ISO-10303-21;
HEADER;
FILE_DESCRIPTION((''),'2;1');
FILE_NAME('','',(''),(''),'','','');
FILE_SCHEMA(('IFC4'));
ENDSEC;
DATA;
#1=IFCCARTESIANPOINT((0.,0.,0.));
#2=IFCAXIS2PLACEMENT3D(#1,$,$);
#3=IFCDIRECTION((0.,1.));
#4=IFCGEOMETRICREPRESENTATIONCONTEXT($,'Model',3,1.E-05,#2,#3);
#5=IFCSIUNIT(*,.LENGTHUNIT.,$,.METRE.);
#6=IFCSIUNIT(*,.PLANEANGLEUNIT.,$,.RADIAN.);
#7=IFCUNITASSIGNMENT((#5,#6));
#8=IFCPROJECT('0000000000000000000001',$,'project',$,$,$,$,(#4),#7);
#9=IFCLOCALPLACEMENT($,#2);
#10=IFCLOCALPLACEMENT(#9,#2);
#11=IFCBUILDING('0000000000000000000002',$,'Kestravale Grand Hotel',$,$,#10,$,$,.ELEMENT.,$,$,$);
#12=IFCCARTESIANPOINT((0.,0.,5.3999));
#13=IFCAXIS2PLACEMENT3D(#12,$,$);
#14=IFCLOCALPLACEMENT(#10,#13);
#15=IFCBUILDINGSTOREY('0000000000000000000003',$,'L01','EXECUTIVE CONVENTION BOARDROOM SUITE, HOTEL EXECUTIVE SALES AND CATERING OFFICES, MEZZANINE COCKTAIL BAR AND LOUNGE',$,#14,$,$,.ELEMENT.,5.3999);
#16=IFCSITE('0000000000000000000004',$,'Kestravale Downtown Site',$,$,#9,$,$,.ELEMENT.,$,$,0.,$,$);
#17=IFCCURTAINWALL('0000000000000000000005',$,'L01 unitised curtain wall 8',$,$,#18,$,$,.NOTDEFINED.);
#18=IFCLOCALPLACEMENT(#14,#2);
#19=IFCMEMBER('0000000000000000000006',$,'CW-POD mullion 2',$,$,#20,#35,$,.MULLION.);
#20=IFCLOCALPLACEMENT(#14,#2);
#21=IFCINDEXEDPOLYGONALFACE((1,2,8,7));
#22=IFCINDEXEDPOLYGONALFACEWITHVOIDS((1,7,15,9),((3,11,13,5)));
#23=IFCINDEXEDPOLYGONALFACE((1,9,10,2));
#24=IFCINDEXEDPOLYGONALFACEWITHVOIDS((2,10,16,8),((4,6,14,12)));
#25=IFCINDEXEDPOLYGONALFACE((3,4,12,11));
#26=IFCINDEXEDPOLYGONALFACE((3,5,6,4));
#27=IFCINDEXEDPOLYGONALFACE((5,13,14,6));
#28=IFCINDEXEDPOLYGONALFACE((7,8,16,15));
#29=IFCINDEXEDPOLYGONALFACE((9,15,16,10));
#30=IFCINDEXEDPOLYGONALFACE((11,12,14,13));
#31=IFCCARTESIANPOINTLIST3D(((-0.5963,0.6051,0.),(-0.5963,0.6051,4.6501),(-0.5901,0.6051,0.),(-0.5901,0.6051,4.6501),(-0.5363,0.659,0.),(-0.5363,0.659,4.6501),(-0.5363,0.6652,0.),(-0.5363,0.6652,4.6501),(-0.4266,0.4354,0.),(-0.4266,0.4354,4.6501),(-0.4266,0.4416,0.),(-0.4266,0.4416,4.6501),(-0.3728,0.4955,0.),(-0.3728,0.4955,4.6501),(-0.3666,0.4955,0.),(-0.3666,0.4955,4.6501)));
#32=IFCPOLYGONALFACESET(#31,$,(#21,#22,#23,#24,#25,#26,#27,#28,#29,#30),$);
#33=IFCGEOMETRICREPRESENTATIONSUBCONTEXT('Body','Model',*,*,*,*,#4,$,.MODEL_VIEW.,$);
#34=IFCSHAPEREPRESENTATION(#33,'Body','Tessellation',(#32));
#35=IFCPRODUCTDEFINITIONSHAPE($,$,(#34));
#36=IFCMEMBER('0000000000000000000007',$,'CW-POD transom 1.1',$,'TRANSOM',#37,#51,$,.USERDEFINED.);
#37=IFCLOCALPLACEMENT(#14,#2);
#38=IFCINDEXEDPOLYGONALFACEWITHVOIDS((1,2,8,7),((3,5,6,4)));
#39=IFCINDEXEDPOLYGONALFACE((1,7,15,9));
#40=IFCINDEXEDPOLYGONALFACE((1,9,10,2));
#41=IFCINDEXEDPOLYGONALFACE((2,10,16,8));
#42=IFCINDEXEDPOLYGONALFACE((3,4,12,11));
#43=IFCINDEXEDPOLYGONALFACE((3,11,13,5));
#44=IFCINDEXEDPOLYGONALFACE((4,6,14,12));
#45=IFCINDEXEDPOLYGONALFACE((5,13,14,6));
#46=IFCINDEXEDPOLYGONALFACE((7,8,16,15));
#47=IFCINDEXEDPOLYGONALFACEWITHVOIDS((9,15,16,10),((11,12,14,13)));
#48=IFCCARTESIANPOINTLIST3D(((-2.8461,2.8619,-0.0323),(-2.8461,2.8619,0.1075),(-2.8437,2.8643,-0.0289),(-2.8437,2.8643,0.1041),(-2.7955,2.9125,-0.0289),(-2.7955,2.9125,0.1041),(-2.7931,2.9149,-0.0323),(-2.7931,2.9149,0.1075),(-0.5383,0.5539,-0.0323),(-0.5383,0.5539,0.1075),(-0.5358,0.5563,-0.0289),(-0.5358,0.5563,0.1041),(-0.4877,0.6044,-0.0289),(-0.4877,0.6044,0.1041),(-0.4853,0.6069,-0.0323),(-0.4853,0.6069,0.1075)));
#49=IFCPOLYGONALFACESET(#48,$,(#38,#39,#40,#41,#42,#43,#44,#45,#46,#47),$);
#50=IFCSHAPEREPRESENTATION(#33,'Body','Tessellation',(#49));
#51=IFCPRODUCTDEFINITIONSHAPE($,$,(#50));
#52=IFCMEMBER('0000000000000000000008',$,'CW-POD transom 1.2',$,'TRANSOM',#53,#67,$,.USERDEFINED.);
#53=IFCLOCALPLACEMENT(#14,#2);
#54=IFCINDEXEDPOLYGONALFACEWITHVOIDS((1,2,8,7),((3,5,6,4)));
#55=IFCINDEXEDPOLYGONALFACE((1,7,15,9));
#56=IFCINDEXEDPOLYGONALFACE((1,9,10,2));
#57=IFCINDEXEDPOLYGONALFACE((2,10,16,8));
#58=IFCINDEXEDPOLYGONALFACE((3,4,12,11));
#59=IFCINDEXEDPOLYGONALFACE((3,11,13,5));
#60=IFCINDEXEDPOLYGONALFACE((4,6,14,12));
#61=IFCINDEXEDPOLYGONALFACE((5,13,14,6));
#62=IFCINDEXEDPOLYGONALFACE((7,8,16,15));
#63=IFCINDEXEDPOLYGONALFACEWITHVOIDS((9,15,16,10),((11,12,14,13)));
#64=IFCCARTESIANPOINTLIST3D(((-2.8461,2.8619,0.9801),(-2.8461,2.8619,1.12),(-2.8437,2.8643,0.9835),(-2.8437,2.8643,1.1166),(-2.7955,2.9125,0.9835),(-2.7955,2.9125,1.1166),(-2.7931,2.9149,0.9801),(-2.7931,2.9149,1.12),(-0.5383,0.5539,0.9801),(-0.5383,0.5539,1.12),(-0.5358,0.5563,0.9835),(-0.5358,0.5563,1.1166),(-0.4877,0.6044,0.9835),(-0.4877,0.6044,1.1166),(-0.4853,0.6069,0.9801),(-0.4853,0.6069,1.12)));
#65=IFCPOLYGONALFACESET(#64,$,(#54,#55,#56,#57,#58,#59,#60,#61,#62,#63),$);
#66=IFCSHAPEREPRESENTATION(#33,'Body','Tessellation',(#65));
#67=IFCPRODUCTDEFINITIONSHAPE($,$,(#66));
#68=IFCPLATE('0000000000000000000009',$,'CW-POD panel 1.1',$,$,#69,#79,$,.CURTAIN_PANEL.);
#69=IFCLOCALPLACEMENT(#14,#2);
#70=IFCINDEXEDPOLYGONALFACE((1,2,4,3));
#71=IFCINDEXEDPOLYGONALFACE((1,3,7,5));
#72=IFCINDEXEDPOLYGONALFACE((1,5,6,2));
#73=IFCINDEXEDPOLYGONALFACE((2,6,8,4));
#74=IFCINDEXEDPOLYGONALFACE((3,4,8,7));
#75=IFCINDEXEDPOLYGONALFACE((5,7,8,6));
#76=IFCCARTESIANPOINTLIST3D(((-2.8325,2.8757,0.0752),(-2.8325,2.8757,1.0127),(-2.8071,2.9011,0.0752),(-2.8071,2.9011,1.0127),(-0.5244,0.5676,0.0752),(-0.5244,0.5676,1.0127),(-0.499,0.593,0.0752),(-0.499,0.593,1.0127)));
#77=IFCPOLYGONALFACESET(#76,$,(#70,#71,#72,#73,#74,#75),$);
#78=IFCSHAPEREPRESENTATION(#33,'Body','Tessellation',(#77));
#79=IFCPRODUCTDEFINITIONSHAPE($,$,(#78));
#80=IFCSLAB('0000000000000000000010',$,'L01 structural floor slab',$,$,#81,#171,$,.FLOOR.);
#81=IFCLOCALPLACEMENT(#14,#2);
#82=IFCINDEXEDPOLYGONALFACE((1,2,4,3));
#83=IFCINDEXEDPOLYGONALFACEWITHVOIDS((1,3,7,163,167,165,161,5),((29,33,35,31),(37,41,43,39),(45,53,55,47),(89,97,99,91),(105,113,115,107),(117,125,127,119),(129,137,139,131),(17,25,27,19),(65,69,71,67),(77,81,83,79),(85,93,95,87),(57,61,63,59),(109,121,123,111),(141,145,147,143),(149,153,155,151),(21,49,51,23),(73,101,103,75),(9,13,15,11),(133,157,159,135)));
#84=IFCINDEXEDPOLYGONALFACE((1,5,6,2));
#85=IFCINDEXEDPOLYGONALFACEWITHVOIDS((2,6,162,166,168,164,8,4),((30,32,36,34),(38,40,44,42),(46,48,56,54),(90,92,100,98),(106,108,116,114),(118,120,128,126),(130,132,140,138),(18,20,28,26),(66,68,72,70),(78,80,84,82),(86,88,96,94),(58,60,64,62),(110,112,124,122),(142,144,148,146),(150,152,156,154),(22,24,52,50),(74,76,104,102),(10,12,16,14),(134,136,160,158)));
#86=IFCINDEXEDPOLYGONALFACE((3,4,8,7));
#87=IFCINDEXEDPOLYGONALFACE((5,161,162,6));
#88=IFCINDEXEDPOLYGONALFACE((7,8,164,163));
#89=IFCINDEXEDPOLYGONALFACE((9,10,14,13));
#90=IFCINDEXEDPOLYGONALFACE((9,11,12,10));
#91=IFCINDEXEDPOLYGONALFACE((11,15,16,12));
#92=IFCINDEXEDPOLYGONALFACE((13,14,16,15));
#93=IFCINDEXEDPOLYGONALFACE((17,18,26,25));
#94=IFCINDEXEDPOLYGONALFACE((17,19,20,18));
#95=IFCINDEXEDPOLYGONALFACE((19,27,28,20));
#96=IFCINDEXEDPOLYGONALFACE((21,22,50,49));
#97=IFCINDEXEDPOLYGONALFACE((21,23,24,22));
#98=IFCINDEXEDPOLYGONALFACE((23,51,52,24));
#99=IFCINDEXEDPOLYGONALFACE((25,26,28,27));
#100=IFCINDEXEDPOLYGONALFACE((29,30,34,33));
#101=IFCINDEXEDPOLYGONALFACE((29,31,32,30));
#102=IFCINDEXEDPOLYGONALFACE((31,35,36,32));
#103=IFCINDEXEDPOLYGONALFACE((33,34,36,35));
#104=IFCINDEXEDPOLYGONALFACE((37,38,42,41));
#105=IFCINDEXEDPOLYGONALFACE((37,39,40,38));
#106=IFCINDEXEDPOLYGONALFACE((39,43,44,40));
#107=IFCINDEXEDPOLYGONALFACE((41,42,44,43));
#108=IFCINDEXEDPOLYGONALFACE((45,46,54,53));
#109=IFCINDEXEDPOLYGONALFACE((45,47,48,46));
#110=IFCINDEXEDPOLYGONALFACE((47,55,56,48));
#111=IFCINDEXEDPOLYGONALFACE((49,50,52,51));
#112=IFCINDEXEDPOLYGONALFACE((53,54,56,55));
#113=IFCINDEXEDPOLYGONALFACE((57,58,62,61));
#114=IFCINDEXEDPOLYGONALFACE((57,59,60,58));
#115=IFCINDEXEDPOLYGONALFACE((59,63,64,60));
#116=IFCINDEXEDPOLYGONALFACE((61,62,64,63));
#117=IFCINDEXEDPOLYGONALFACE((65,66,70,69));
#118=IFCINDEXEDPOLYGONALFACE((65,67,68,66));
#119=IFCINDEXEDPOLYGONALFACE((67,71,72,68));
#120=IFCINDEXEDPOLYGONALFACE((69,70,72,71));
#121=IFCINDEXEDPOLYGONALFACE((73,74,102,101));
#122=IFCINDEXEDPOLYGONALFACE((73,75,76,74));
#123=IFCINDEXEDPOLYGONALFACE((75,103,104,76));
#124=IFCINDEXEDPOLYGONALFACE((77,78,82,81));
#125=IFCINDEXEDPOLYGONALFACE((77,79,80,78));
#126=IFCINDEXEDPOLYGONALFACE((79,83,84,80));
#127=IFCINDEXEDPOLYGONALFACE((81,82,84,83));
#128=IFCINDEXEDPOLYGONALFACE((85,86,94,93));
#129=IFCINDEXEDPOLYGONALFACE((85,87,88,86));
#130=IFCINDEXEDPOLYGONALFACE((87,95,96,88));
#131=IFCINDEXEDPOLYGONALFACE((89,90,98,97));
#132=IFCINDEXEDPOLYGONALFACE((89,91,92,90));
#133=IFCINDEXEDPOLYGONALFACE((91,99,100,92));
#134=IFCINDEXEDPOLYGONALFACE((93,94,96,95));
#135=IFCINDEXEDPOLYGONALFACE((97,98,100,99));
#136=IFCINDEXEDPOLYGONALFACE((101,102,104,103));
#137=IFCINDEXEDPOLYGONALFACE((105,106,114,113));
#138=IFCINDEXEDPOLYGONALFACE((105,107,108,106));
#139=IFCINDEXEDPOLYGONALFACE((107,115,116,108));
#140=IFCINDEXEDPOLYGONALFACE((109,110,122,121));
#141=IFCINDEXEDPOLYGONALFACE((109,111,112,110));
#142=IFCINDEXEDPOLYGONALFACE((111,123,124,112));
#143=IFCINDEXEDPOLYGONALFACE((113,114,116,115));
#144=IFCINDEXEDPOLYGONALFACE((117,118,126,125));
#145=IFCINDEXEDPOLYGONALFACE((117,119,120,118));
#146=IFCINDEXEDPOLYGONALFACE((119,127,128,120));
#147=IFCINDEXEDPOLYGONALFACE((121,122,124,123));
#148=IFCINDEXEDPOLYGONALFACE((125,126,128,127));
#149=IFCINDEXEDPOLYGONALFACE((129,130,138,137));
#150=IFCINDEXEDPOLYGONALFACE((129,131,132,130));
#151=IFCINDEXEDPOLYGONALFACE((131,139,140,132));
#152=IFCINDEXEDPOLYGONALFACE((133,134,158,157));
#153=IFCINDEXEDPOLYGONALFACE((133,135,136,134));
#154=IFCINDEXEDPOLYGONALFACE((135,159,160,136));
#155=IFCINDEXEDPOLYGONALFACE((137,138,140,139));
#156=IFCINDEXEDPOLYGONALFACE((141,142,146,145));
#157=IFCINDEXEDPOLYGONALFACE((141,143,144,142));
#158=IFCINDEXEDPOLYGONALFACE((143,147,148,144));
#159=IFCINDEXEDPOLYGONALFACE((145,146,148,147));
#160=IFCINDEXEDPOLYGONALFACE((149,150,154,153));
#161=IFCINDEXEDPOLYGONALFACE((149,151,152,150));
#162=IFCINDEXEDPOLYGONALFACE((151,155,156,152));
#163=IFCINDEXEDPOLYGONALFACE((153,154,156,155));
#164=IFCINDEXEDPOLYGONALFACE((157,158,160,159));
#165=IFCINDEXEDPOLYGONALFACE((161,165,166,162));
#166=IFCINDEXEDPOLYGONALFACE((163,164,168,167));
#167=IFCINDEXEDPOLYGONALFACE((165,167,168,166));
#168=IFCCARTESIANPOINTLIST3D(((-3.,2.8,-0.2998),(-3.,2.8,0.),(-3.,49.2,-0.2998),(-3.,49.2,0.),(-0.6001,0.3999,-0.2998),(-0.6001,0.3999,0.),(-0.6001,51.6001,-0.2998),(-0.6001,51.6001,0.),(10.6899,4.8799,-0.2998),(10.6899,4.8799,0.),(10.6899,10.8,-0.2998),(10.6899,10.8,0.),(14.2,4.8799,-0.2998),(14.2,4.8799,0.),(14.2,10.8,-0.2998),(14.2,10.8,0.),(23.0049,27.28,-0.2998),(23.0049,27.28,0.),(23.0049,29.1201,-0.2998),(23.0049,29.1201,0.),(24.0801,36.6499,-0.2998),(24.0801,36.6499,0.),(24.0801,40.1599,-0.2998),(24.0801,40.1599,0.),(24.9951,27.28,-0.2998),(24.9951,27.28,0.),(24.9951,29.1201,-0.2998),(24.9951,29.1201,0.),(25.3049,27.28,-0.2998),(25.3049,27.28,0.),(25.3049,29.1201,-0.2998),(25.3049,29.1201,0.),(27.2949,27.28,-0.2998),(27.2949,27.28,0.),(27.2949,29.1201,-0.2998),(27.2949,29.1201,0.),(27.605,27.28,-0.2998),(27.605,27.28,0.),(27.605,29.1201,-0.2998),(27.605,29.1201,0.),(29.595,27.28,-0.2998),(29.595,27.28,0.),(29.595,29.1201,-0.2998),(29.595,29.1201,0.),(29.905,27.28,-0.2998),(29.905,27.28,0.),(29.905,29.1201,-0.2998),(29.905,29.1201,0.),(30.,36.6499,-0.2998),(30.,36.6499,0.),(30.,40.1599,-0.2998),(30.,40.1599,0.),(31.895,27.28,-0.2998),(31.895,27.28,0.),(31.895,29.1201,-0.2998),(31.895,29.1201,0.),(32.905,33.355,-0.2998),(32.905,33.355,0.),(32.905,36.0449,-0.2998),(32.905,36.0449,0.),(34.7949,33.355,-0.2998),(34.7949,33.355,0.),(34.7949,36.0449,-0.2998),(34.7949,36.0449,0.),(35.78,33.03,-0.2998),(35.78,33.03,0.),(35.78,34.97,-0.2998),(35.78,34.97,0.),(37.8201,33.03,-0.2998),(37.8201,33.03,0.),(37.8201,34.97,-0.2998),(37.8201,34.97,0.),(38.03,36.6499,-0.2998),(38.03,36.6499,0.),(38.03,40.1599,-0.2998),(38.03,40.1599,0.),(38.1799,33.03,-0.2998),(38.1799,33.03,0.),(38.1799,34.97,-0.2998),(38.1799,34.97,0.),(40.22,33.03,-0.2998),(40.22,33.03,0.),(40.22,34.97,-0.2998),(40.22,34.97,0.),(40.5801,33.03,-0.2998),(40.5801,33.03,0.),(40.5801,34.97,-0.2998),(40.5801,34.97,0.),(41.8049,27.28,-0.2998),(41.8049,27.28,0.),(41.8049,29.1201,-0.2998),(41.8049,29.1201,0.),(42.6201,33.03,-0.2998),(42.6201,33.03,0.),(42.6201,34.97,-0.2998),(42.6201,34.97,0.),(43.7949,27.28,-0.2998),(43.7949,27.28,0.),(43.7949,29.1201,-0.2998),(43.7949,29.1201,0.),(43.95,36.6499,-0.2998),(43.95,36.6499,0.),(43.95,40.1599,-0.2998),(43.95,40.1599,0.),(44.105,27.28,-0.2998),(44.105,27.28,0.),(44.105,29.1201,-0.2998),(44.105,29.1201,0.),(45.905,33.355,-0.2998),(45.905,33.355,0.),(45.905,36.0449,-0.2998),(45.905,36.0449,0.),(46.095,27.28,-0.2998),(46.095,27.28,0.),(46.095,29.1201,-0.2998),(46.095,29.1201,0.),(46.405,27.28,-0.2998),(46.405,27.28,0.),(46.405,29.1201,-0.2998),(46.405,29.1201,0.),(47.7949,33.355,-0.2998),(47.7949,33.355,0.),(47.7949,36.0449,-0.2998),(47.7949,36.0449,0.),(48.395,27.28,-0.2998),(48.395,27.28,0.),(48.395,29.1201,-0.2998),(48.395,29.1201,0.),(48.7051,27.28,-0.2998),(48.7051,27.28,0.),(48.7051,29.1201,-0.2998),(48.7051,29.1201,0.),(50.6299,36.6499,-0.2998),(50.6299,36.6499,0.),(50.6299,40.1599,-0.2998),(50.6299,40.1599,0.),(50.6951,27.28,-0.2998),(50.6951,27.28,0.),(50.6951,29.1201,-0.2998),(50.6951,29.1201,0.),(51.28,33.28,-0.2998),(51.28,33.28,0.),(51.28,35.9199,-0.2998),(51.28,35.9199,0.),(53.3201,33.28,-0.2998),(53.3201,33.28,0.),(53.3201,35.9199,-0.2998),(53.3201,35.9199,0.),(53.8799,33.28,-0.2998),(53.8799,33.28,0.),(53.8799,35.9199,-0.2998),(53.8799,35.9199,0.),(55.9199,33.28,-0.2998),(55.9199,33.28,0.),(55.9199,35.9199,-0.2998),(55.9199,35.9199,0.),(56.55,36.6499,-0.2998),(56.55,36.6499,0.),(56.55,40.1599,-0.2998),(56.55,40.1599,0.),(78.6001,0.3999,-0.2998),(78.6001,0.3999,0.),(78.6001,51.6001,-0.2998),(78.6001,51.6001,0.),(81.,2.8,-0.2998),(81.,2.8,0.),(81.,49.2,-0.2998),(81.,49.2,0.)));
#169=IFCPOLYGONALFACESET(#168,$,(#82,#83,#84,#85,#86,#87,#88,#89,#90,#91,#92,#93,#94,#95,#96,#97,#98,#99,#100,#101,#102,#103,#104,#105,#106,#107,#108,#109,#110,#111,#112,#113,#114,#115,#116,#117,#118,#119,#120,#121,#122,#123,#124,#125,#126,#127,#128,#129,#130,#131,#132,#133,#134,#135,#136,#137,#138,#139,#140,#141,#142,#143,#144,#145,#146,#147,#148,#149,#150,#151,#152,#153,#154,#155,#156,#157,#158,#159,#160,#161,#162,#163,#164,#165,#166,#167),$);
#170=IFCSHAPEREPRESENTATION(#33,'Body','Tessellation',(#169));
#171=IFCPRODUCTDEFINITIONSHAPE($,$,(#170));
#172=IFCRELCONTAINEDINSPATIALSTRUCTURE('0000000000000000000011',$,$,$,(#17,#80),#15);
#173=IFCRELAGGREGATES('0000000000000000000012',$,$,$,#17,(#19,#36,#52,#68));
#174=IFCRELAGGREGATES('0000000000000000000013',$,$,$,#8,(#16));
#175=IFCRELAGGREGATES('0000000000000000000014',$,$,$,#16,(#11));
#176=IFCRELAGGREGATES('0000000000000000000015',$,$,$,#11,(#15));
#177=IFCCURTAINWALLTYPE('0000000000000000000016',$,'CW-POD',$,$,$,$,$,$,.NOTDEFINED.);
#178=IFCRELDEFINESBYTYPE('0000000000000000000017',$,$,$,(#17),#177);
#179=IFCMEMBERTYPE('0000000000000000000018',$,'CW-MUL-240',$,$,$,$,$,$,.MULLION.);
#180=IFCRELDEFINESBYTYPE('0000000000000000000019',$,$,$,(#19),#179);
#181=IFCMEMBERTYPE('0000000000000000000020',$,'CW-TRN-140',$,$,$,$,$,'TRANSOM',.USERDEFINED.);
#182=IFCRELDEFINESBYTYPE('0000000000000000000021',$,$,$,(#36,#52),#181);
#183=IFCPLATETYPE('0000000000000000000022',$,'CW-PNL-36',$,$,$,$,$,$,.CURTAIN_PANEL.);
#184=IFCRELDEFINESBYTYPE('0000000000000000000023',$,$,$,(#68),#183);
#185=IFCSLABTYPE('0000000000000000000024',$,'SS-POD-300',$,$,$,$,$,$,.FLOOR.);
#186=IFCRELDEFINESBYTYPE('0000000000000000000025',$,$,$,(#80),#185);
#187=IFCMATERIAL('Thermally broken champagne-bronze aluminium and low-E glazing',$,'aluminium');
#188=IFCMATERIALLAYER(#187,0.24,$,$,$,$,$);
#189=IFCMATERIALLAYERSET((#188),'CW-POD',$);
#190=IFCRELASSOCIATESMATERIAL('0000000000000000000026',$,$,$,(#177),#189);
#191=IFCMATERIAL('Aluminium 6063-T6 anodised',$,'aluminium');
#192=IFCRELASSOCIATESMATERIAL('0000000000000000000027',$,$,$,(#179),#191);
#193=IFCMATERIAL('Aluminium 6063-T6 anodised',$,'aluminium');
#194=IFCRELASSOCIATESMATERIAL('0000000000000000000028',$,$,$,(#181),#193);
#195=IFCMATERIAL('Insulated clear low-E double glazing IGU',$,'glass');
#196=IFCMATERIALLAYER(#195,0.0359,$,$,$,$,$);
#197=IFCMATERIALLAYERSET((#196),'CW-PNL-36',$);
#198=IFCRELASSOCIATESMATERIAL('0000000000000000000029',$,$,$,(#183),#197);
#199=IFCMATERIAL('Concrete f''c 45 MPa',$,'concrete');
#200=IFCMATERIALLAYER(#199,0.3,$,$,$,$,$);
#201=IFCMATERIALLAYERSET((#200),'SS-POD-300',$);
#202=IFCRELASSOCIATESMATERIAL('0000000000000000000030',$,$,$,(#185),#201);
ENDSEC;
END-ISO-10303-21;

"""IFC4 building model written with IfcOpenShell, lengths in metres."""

from ifc_helpers import new_model, si_unit, direction, frame, origin, origin_2d, place, context, subcontext, project, spatial, polyline, rectangle, hollow_rectangle, outline, extrude, material, layer, layer_set, material_profile, profile_set, type_object, element, aggregate, save


model = new_model("IFC4")

# Units and contexts
model_context = context("Model", 3, precision=1e-05, world=origin(), true_north=direction((0.0, 1.0)))
body_context = subcontext(model_context, "Body", "Model", "MODEL_VIEW")
ifc_project = project(units=[si_unit("LENGTHUNIT", "METRE"), si_unit("PLANEANGLEUNIT", "RADIAN")], contexts=[model_context])

# Site, building, storey
site_placement = place(None, origin())
site = spatial("IfcSite", under=ifc_project, at=site_placement, Name="Kestravale Downtown Site", CompositionType="ELEMENT", RefElevation=0.0)
building_placement = place(site_placement, origin())
building = spatial("IfcBuilding", under=site, at=building_placement, Name="Kestravale Grand Hotel", CompositionType="ELEMENT")
storey_placement = place(building_placement, frame((0.0, 0.0, 5.3999)))
storey = spatial("IfcBuildingStorey", under=building, at=storey_placement, Name="L01", Description="EXECUTIVE CONVENTION BOARDROOM SUITE, HOTEL EXECUTIVE SALES AND CATERING OFFICES, MEZZANINE COCKTAIL BAR AND LOUNGE", CompositionType="ELEMENT", Elevation=5.3999)

# Curtain wall, members, plate
ifc_material_1 = material(Name="Thermally broken champagne-bronze aluminium and low-E glazing", Category="aluminium")
ifc_layer_1 = layer(ifc_material_1, 0.24)
ifc_layer_set_1 = layer_set([ifc_layer_1], Name="CW-POD")
curtain_wall_type = type_object("IfcCurtainWallType", Name="CW-POD", PredefinedType="NOTDEFINED", material=ifc_layer_set_1)
curtain_wall_placement = place(storey_placement, origin())
curtain_wall = element("IfcCurtainWall", 1, at=curtain_wall_placement, inside=storey, type_object=curtain_wall_type, Name="L01 unitised curtain wall 8", PredefinedType="NOTDEFINED")
ifc_material_2 = material(Name="Aluminium 6063-T6 anodised", Category="aluminium")
ifc_material_profile_1 = material_profile(ifc_material_2, hollow_rectangle(XDim=0.085, YDim=0.24, WallThickness=0.0044, at=origin_2d()))
ifc_profile_set_1 = profile_set([ifc_material_profile_1], Name="Aluminium 6063-T6 anodised")
member_type_1 = type_object("IfcMemberType", Name="CW-MUL-240", PredefinedType="MULLION", material=ifc_profile_set_1)
member_1_placement = place(storey_placement, frame((-0.4814, 0.5503, 0.0), z_axis=(0.0, 0.0, 1.0), x_axis=(0.707107, 0.707107, 0.0)))
member_1 = element("IfcMember", 2, at=member_1_placement, type_object=member_type_1, Name="CW-POD mullion 2", PredefinedType="MULLION", context=body_context, shape_type="SweptSolid", body=[
    extrude(hollow_rectangle(XDim=0.085, YDim=0.24, WallThickness=0.0044, at=origin_2d()), origin(), (0.0, 0.0, 1.0), 4.6501),
])
ifc_material_3 = material(Name="Aluminium 6063-T6 anodised", Category="aluminium")
ifc_material_profile_2 = material_profile(ifc_material_3, hollow_rectangle(XDim=0.075, YDim=0.1399, WallThickness=0.0034, at=origin_2d()))
ifc_profile_set_2 = profile_set([ifc_material_profile_2], Name="Aluminium 6063-T6 anodised")
member_type_2 = type_object("IfcMemberType", Name="CW-TRN-140", ElementType="TRANSOM", PredefinedType="USERDEFINED", material=ifc_profile_set_2)
member_2_placement = place(storey_placement, frame((-2.8196, 2.8884, 0.0376), z_axis=(0.707069, -0.707144, 0.0), x_axis=(0.707144, 0.707069, 0.0)))
member_2 = element("IfcMember", 3, at=member_2_placement, type_object=member_type_2, Name="CW-POD transom 1.1", ObjectType="TRANSOM", PredefinedType="USERDEFINED", context=body_context, shape_type="SweptSolid", body=[
    extrude(hollow_rectangle(XDim=0.075, YDim=0.1399, WallThickness=0.0034, at=origin_2d()), origin(), (0.0, 0.0, 1.0), 3.2639),
])
member_3_placement = place(storey_placement, frame((-2.8196, 2.8884, 1.05), z_axis=(0.707069, -0.707144, 0.0), x_axis=(0.707144, 0.707069, 0.0)))
member_3 = element("IfcMember", 4, at=member_3_placement, type_object=member_type_2, Name="CW-POD transom 1.2", ObjectType="TRANSOM", PredefinedType="USERDEFINED", context=body_context, shape_type="SweptSolid", body=[
    extrude(hollow_rectangle(XDim=0.075, YDim=0.1399, WallThickness=0.0034, at=origin_2d()), origin(), (0.0, 0.0, 1.0), 3.2639),
])
ifc_material_4 = material(Name="Insulated clear low-E double glazing IGU", Category="glass")
ifc_layer_2 = layer(ifc_material_4, 0.0359)
ifc_layer_set_2 = layer_set([ifc_layer_2], Name="CW-PNL-36")
plate_type = type_object("IfcPlateType", Name="CW-PNL-36", PredefinedType="CURTAIN_PANEL", material=ifc_layer_set_2)
plate_placement = place(storey_placement, frame((-1.6658, 1.7344, 0.0752), z_axis=(0.0, 0.0, 1.0), x_axis=(0.707107, -0.707107, 0.0)))
plate = element("IfcPlate", 5, at=plate_placement, type_object=plate_type, Name="CW-POD panel 1.1", PredefinedType="CURTAIN_PANEL", context=body_context, shape_type="SweptSolid", body=[
    extrude(rectangle(XDim=3.2642, YDim=0.0359, at=origin_2d()), origin(), (0.0, 0.0, 1.0), 0.9375),
])
aggregate(curtain_wall, [member_1, member_2, member_3, plate])

# Slab
ifc_material_5 = material(Name="Concrete f'c 45 MPa", Category="concrete")
ifc_layer_3 = layer(ifc_material_5, 0.3)
ifc_layer_set_3 = layer_set([ifc_layer_3], Name="SS-POD-300")
slab_type = type_object("IfcSlabType", Name="SS-POD-300", PredefinedType="FLOOR", material=ifc_layer_set_3)
slab_placement = place(storey_placement, frame((0.0, 0.0, -0.2998)))
element("IfcSlab", 6, at=slab_placement, inside=storey, type_object=slab_type, Name="L01 structural floor slab", PredefinedType="FLOOR", context=body_context, shape_type="SweptSolid", body=[
    extrude(outline(polyline([(-0.6001, 0.3999), (78.6001, 0.3999), (81.0, 2.8), (81.0, 49.2), (78.6001, 51.6001), (-0.6001, 51.6001), (-3.0, 49.2), (-3.0, 2.8), (-0.6001, 0.3999)]), holes=[polyline([(24.0801, 36.6499), (30.0, 36.6499), (30.0, 40.1599), (24.0801, 40.1599), (24.0801, 36.6499)]), polyline([(38.03, 36.6499), (43.95, 36.6499), (43.95, 40.1599), (38.03, 40.1599), (38.03, 36.6499)]), polyline([(50.6299, 36.6499), (56.55, 36.6499), (56.55, 40.1599), (50.6299, 40.1599), (50.6299, 36.6499)]), polyline([(14.2, 4.8799), (14.2, 10.8), (10.6899, 10.8), (10.6899, 4.8799), (14.2, 4.8799)]), polyline([(23.0049, 27.28), (24.9951, 27.28), (24.9951, 29.1201), (23.0049, 29.1201), (23.0049, 27.28)]), polyline([(25.3049, 27.28), (27.2949, 27.28), (27.2949, 29.1201), (25.3049, 29.1201), (25.3049, 27.28)]), polyline([(27.605, 27.28), (29.595, 27.28), (29.595, 29.1201), (27.605, 29.1201), (27.605, 27.28)]), polyline([(29.905, 27.28), (31.895, 27.28), (31.895, 29.1201), (29.905, 29.1201), (29.905, 27.28)]), polyline([(41.8049, 27.28), (43.7949, 27.28), (43.7949, 29.1201), (41.8049, 29.1201), (41.8049, 27.28)]), polyline([(44.105, 27.28), (46.095, 27.28), (46.095, 29.1201), (44.105, 29.1201), (44.105, 27.28)]), polyline([(46.405, 27.28), (48.395, 27.28), (48.395, 29.1201), (46.405, 29.1201), (46.405, 27.28)]), polyline([(48.7051, 27.28), (50.6951, 27.28), (50.6951, 29.1201), (48.7051, 29.1201), (48.7051, 27.28)]), polyline([(35.78, 33.03), (37.8201, 33.03), (37.8201, 34.97), (35.78, 34.97), (35.78, 33.03)]), polyline([(38.1799, 33.03), (40.22, 33.03), (40.22, 34.97), (38.1799, 34.97), (38.1799, 33.03)]), polyline([(40.5801, 33.03), (42.6201, 33.03), (42.6201, 34.97), (40.5801, 34.97), (40.5801, 33.03)]), polyline([(32.905, 33.355), (34.7949, 33.355), (34.7949, 36.0449), (32.905, 36.0449), (32.905, 33.355)]), polyline([(45.905, 33.355), (47.7949, 33.355), (47.7949, 36.0449), (45.905, 36.0449), (45.905, 33.355)]), polyline([(51.28, 33.28), (53.3201, 33.28), (53.3201, 35.9199), (51.28, 35.9199), (51.28, 33.28)]), polyline([(53.8799, 33.28), (55.9199, 33.28), (55.9199, 35.9199), (53.8799, 35.9199), (53.8799, 33.28)])]), origin(), (0.0, 0.0, 1.0), 0.2998),
])

save(model, "model.ifc")
